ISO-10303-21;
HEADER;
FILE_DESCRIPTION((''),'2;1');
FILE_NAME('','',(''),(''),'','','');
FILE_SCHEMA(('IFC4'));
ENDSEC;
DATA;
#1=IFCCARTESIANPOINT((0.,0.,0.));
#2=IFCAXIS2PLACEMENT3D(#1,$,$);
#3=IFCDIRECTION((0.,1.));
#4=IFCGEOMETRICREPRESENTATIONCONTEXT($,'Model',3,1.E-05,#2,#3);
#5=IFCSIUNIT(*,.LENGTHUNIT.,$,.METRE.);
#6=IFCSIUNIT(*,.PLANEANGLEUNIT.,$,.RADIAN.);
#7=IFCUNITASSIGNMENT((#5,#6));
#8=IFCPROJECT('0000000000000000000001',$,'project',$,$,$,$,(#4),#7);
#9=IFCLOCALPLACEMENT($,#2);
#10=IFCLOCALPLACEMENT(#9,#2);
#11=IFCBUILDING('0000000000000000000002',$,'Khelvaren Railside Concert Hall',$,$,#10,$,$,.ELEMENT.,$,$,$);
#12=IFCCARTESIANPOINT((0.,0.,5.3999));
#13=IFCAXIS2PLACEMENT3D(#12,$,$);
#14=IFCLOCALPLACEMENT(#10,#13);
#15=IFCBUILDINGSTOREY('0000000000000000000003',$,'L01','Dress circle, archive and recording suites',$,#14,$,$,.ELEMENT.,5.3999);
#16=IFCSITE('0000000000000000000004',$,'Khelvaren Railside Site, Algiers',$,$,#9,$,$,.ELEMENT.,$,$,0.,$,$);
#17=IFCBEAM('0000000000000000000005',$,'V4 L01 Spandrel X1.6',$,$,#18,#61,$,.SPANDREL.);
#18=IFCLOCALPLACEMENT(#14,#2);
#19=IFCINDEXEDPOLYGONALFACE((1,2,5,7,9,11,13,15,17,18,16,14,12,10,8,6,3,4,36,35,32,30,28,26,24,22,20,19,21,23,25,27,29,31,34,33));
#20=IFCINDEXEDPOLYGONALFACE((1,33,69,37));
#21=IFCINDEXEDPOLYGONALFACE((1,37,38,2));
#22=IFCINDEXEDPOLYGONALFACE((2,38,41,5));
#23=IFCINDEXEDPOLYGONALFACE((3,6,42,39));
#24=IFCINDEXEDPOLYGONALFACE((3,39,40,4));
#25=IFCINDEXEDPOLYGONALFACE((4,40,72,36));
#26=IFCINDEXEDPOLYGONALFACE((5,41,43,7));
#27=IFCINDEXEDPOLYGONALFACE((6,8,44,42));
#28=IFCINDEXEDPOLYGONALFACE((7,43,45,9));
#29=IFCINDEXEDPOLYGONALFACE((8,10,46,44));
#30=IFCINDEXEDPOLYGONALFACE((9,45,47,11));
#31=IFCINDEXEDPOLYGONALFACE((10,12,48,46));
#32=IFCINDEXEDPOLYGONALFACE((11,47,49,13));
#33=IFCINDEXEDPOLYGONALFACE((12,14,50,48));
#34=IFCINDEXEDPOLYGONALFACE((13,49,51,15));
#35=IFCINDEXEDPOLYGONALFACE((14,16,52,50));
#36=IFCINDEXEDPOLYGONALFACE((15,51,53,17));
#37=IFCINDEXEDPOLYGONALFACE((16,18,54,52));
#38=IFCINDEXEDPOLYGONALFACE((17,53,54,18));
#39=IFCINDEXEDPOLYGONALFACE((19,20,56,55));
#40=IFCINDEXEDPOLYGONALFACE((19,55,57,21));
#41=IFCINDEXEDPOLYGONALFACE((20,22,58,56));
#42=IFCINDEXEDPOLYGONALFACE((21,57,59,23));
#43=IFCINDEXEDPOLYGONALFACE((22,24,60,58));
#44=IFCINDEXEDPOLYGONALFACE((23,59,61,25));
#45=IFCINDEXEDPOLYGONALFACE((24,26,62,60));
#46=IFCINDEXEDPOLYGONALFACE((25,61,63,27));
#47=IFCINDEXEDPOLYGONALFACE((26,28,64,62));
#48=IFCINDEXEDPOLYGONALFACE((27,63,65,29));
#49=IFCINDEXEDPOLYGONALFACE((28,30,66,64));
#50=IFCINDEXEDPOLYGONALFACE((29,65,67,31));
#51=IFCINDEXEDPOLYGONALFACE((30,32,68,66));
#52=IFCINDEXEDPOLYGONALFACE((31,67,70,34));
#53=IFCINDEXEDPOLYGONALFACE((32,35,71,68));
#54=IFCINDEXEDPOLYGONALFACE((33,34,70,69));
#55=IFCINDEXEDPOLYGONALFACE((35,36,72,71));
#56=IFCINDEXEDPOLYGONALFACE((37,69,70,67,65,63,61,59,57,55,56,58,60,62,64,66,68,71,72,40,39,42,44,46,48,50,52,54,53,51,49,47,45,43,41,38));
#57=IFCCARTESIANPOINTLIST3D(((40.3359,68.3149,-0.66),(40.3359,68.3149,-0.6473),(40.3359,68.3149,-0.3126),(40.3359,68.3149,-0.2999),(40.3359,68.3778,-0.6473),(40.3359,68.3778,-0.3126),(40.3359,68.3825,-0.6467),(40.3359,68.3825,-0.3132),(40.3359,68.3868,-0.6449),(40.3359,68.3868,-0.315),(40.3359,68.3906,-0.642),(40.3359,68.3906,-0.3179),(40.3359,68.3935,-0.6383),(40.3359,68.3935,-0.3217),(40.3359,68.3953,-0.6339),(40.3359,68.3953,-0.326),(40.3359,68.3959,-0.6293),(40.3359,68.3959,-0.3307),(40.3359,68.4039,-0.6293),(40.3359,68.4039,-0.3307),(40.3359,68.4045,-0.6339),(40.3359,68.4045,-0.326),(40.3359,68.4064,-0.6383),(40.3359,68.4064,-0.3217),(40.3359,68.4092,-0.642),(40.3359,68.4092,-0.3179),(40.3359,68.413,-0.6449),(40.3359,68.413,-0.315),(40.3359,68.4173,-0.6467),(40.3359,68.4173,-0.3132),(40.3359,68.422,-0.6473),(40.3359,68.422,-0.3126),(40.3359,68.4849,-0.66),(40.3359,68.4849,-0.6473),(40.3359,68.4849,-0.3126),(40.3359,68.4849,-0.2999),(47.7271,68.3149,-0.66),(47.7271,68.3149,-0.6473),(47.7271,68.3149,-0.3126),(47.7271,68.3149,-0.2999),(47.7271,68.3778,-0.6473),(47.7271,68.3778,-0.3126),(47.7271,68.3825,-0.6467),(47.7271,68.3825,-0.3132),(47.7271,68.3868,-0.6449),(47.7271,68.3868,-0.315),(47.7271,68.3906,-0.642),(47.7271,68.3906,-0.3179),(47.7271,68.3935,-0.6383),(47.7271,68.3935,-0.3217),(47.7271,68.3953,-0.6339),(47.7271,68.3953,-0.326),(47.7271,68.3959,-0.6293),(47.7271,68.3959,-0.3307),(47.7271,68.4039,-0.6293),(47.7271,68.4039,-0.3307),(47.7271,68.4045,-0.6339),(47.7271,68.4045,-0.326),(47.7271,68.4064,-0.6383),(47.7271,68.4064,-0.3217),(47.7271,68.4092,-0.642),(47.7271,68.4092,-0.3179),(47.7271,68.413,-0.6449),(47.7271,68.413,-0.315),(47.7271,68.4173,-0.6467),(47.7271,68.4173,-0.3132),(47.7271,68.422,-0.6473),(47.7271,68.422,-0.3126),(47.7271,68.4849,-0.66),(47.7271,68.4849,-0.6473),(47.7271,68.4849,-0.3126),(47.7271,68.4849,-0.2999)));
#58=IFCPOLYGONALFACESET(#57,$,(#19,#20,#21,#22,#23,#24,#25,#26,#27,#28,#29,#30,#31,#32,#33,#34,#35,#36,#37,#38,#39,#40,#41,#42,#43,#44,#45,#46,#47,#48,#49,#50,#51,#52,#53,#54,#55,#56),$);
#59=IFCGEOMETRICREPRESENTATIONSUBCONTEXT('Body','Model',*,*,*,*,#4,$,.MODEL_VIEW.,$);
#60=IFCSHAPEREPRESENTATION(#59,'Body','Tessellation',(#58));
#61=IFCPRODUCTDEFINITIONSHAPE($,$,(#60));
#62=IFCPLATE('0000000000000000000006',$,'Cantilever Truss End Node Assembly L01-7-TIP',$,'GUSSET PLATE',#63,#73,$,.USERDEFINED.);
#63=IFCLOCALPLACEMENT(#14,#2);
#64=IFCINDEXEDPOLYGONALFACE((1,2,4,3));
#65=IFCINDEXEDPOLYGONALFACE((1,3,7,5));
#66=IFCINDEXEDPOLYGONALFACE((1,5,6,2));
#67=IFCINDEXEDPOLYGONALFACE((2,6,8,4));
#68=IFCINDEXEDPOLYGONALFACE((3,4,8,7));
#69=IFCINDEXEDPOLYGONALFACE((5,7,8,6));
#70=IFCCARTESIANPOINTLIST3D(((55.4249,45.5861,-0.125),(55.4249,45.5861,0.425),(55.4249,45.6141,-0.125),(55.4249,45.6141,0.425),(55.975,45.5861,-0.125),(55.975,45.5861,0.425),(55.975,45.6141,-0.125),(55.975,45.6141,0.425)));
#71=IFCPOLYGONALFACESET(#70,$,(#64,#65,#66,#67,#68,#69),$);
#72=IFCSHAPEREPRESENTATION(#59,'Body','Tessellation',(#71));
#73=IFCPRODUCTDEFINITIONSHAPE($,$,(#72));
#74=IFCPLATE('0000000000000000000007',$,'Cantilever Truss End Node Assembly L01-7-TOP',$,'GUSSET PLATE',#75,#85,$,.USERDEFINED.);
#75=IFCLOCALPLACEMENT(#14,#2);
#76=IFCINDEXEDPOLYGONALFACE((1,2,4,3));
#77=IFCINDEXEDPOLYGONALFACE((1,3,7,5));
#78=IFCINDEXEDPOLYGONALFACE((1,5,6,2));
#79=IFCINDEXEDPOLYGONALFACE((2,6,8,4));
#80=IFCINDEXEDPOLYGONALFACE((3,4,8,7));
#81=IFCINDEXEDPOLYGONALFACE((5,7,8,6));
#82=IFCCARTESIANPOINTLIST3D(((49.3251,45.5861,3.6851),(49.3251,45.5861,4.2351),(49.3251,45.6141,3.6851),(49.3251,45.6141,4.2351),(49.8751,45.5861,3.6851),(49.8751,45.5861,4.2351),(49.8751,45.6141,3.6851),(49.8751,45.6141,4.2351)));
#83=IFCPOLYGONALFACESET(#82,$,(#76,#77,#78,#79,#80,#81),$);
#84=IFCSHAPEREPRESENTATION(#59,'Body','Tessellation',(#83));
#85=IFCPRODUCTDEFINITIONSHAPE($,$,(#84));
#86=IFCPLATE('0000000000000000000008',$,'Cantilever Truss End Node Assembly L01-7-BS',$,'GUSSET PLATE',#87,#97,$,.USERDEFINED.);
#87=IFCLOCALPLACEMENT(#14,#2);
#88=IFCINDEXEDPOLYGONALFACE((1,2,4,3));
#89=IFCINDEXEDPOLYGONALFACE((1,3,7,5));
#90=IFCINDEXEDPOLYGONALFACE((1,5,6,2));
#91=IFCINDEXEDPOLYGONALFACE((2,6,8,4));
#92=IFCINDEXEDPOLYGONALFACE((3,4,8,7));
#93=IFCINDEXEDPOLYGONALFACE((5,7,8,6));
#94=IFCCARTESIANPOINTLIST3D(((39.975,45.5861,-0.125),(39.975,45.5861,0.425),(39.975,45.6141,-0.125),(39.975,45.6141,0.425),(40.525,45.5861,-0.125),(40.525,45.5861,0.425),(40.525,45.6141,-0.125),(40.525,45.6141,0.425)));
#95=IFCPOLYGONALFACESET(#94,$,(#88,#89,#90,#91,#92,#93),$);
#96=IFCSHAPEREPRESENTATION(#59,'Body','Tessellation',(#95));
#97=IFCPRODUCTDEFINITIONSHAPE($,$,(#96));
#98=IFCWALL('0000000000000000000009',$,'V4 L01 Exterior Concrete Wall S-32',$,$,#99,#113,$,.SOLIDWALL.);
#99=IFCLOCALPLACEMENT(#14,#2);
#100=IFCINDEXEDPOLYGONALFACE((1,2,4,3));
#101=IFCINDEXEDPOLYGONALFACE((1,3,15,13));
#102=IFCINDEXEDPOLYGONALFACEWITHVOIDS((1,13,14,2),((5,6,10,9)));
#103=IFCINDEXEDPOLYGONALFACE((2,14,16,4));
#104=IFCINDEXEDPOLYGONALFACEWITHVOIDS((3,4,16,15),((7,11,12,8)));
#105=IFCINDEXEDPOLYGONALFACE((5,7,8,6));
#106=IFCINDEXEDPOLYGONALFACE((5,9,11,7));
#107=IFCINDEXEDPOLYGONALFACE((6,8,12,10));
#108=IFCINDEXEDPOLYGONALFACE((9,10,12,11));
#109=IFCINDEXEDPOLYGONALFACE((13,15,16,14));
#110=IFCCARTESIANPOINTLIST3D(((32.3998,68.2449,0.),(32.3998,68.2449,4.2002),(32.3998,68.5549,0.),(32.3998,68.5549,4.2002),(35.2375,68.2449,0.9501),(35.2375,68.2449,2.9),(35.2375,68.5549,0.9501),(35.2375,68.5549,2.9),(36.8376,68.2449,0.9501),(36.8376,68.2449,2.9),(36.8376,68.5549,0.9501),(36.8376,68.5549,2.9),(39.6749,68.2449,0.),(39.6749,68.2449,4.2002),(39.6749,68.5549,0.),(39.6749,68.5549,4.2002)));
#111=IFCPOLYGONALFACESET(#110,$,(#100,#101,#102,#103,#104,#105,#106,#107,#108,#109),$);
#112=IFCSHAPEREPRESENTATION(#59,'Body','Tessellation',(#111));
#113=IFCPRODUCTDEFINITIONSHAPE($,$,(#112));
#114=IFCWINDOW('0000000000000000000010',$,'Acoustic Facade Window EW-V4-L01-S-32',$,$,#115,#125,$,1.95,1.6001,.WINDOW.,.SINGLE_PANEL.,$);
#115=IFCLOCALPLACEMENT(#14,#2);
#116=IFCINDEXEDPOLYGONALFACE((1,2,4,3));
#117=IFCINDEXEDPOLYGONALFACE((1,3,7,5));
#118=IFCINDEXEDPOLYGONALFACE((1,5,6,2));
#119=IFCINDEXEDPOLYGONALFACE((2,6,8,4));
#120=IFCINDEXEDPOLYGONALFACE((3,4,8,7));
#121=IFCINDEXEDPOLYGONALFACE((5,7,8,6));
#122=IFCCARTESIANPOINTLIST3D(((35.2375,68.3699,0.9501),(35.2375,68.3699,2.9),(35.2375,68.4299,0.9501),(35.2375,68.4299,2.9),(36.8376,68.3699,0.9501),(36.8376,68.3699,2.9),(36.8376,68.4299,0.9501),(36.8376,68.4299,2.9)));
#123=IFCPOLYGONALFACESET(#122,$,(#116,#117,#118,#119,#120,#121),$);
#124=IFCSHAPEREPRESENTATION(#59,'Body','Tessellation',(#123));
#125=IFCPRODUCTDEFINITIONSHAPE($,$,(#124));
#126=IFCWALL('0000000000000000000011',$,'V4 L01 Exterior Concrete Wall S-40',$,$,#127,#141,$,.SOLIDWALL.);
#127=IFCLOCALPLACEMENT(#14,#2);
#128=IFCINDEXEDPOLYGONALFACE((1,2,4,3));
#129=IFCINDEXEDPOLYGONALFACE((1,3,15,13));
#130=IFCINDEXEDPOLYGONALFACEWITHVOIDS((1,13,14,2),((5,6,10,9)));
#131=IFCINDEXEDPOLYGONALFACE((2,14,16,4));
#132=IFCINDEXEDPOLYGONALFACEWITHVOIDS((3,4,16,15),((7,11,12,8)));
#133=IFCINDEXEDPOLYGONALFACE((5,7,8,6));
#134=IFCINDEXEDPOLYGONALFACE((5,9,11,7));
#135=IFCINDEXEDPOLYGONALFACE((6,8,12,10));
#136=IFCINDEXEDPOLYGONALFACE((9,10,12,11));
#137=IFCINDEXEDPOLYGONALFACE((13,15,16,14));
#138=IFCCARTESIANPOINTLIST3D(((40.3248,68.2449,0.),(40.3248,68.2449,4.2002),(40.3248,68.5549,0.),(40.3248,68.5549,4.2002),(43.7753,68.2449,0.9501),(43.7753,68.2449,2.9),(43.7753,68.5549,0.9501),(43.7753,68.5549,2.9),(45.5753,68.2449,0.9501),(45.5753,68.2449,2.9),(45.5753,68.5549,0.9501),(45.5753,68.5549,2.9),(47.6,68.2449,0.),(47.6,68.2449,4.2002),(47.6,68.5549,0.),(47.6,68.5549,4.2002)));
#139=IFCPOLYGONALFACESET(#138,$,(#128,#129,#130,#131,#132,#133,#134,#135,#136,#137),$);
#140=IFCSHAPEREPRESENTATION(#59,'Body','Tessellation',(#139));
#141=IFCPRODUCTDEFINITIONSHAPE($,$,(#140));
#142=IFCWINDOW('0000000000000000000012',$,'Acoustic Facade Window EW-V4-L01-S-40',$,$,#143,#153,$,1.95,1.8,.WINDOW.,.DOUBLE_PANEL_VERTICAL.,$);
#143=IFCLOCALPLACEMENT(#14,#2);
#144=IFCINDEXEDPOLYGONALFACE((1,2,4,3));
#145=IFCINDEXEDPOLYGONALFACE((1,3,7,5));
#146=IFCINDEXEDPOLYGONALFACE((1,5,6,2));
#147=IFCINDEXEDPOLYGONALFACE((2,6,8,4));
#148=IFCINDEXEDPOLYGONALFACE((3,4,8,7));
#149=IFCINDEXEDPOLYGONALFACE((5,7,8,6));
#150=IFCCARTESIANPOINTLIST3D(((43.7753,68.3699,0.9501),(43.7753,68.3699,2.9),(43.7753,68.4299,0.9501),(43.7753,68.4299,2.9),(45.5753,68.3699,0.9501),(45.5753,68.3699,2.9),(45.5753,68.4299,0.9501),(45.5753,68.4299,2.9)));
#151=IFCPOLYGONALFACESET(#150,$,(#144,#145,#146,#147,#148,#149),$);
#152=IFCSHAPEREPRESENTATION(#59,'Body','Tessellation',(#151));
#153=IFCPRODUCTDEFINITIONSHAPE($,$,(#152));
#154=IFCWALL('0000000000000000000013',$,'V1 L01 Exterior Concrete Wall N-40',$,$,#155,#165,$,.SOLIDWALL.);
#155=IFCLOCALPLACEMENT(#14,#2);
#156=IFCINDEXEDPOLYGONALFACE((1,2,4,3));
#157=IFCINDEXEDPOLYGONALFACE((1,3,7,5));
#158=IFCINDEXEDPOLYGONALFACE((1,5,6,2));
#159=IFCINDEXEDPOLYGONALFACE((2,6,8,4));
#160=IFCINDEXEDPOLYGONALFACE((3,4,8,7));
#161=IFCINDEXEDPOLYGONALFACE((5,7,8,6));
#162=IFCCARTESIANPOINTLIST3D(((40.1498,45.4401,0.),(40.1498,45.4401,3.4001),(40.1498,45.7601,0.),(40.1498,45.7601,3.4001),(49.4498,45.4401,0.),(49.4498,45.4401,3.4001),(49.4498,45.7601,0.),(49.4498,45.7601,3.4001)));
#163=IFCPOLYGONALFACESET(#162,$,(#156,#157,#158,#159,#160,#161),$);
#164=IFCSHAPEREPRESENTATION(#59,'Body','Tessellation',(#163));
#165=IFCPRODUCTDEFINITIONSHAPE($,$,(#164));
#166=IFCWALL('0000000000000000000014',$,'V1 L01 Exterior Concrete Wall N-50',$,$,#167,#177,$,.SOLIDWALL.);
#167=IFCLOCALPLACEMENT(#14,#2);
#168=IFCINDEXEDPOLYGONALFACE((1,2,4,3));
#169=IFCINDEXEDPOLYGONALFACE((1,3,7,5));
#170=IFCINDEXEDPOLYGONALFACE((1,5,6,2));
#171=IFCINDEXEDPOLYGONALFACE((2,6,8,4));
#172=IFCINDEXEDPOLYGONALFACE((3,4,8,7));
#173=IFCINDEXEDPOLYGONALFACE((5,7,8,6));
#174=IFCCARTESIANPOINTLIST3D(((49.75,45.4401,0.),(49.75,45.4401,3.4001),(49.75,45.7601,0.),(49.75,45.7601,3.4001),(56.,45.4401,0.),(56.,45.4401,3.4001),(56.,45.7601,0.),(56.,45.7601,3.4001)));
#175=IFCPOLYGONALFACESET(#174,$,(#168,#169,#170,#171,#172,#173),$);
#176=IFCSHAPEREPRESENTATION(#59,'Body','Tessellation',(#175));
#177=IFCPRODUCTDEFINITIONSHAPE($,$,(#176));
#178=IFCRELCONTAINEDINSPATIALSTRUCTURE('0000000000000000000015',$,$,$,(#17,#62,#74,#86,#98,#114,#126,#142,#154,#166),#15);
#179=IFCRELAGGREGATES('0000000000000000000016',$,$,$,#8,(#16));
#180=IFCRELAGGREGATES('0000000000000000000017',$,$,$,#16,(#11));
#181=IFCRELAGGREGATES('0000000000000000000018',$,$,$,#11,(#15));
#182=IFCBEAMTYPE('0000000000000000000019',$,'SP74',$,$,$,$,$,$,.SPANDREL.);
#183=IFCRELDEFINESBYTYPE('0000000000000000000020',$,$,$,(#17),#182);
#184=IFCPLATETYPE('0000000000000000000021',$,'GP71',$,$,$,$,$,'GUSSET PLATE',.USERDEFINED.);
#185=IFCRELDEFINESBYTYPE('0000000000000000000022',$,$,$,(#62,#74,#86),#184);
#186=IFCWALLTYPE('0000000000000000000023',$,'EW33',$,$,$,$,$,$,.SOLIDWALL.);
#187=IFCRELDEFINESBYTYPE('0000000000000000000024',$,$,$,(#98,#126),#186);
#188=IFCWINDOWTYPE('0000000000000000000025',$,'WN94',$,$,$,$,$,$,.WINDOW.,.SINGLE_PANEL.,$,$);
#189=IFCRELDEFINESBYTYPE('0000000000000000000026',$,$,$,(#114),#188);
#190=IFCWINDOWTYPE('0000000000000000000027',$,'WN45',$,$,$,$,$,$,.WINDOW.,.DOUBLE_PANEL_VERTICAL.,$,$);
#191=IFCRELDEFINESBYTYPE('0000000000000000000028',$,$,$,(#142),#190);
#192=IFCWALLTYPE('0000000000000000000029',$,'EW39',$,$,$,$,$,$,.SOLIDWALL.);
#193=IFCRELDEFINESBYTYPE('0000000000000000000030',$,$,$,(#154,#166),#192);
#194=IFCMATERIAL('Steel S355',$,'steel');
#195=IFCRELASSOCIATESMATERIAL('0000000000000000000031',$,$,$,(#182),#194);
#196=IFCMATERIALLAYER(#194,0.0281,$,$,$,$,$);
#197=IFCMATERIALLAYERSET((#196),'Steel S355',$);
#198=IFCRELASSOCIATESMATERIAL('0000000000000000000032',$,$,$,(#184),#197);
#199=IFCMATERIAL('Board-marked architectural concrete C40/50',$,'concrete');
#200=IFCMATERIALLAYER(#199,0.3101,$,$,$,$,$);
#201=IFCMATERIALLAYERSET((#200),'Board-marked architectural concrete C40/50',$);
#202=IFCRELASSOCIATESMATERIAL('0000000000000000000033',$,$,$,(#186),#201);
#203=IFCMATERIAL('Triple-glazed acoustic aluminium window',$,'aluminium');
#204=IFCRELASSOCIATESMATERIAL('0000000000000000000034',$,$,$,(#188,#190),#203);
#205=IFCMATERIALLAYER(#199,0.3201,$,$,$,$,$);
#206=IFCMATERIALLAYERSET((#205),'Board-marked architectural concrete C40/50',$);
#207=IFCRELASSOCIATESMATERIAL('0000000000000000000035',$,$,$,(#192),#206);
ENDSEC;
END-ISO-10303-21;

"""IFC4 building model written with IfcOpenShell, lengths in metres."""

from ifc_helpers import new_model, si_unit, direction, frame, frame_2d, origin, origin_2d, place, context, subcontext, project, spatial, rectangle, i_section, extrude, material, layer, layer_set, material_profile, profile_set, type_object, element, fill, save


model = new_model("IFC4")

# Units and contexts
model_context = context("Model", 3, precision=1e-05, world=origin(), true_north=direction((0.0, 1.0)))
body_context = subcontext(model_context, "Body", "Model", "MODEL_VIEW")
ifc_project = project(units=[si_unit("LENGTHUNIT", "METRE"), si_unit("PLANEANGLEUNIT", "RADIAN")], contexts=[model_context])

# Site, building, storey
site_placement = place(None, origin())
site = spatial("IfcSite", under=ifc_project, at=site_placement, Name="Khelvaren Railside Site, Algiers", CompositionType="ELEMENT", RefElevation=0.0)
building_placement = place(site_placement, origin())
building = spatial("IfcBuilding", under=site, at=building_placement, Name="Khelvaren Railside Concert Hall", CompositionType="ELEMENT")
storey_placement = place(building_placement, frame((0.0, 0.0, 5.3999)))
storey = spatial("IfcBuildingStorey", under=building, at=storey_placement, Name="L01", Description="Dress circle, archive and recording suites", CompositionType="ELEMENT", Elevation=5.3999)

# Shared definitions
ifc_material_1 = material(Name="Steel S355", Category="steel")

# Beam
ifc_material_profile_1 = material_profile(ifc_material_1, i_section(OverallWidth=0.1699, OverallDepth=0.3601, WebThickness=0.0081, FlangeThickness=0.0127, FilletRadius=0.0181, at=origin_2d()), Name="IPE 360")
ifc_profile_set_1 = profile_set([ifc_material_profile_1], Name="Steel S355")
beam_type_1 = type_object("IfcBeamType", Name="SP74", PredefinedType="SPANDREL", material=ifc_profile_set_1)
beam_1_placement = place(storey_placement, frame((40.3359, 68.3999, -0.48), z_axis=(1.0, 0.0, 0.0), x_axis=(0.0, 1.0, 0.0)))
element("IfcBeam", 1, at=beam_1_placement, inside=storey, type_object=beam_type_1, Name="V4 L01 Spandrel X1.6", PredefinedType="SPANDREL", context=body_context, shape_type="SweptSolid", body=[
    extrude(i_section(OverallWidth=0.1699, OverallDepth=0.3601, WebThickness=0.0081, FlangeThickness=0.0127, FilletRadius=0.0181, at=origin_2d()), origin(), (0.0, 0.0, 1.0), 7.3911),
])

# Plates
ifc_layer_1 = layer(ifc_material_1, 0.0281)
ifc_layer_set_1 = layer_set([ifc_layer_1], Name="Steel S355")
plate_type = type_object("IfcPlateType", Name="GP71", ElementType="GUSSET PLATE", PredefinedType="USERDEFINED", material=ifc_layer_set_1)
for number, where, z_axis, x_axis, name in (
    (2, (55.7, 45.6001, -0.125), (0.0, 0.0, 1.0), (1.0, 0.0, 0.0), "Cantilever Truss End Node Assembly L01-7-TIP"),
    (3, (49.6001, 45.6001, 3.6851), (0.0, 0.0, 1.0), (1.0, 0.0, 0.0), "Cantilever Truss End Node Assembly L01-7-TOP"),
    (4, (40.25, 45.6001, -0.125), (0.0, 0.0, 1.0), (1.0, 0.0, 0.0), "Cantilever Truss End Node Assembly L01-7-BS"),
):
    element("IfcPlate", number, at=place(storey_placement, frame(where, z_axis=z_axis, x_axis=x_axis)), inside=storey, type_object=plate_type, Name=name, ObjectType="GUSSET PLATE", PredefinedType="USERDEFINED", context=body_context, shape_type="SweptSolid", body=[
        extrude(rectangle(XDim=0.55, YDim=0.0281, at=origin_2d()), origin(), (0.0, 0.0, 1.0), 0.55),
    ])

# Walls, openings, windows
ifc_material_2 = material(Name="Board-marked architectural concrete C40/50", Category="concrete")
ifc_layer_2 = layer(ifc_material_2, 0.3101)
ifc_layer_set_2 = layer_set([ifc_layer_2], Name="Board-marked architectural concrete C40/50")
wall_type_1 = type_object("IfcWallType", Name="EW33", PredefinedType="SOLIDWALL", material=ifc_layer_set_2)
wall_1_placement = place(storey_placement, frame((39.675, 68.3999, 0.0), z_axis=(0.0, 0.0, 1.0), x_axis=(-1.0, 0.0, 0.0)))
wall_1 = element("IfcWall", 5, at=wall_1_placement, inside=storey, type_object=wall_type_1, Name="V4 L01 Exterior Concrete Wall S-32", PredefinedType="SOLIDWALL", context=body_context, shape_type="SweptSolid", body=[
    extrude(rectangle(XDim=7.2751, YDim=0.3101, at=frame_2d((3.6377, 0.0))), origin(), (0.0, 0.0, 1.0), 4.2002),
])
opening_1_placement = place(wall_1_placement, frame((2.8374, 0.0, 0.95)))
opening_1 = element("IfcOpeningElement", 6, at=opening_1_placement, cuts=wall_1, PredefinedType="OPENING", context=body_context, shape_type="SweptSolid", body=[
    extrude(rectangle(XDim=1.6001, YDim=1.95, at=frame_2d((0.8, 0.9751))), frame((0.0, 0.165, 0.0), z_axis=(0.0, -1.0, 0.0), x_axis=(1.0, 0.0, 0.0)), (0.0, 0.0, 1.0), 0.3301),
])
ifc_material_3 = material(Name="Triple-glazed acoustic aluminium window", Category="aluminium")
window_type_1 = type_object("IfcWindowType", Name="WN94", PartitioningType="SINGLE_PANEL", PredefinedType="WINDOW", material=ifc_material_3)
window_1_placement = place(opening_1_placement, origin())
window_1 = element("IfcWindow", 7, at=window_1_placement, inside=storey, type_object=window_type_1, Name="Acoustic Facade Window EW-V4-L01-S-32", OverallHeight=1.95, OverallWidth=1.6001, PartitioningType="SINGLE_PANEL", PredefinedType="WINDOW", context=body_context, shape_type="SweptSolid", body=[
    extrude(rectangle(XDim=1.6001, YDim=1.95, at=frame_2d((0.8, 0.9751))), frame((0.0, 0.03, 0.0), z_axis=(0.0, -1.0, 0.0), x_axis=(1.0, 0.0, 0.0)), (0.0, 0.0, 1.0), 0.0601),
])
fill(opening_1, window_1)
wall_2_placement = place(storey_placement, frame((47.6001, 68.3999, 0.0), z_axis=(0.0, 0.0, 1.0), x_axis=(-1.0, 0.0, 0.0)))
wall_2 = element("IfcWall", 8, at=wall_2_placement, inside=storey, type_object=wall_type_1, Name="V4 L01 Exterior Concrete Wall S-40", PredefinedType="SOLIDWALL", context=body_context, shape_type="SweptSolid", body=[
    extrude(rectangle(XDim=7.2751, YDim=0.3101, at=frame_2d((3.6377, 0.0))), origin(), (0.0, 0.0, 1.0), 4.2002),
])
opening_2_placement = place(wall_2_placement, frame((2.0249, 0.0, 0.95)))
opening_2 = element("IfcOpeningElement", 9, at=opening_2_placement, cuts=wall_2, PredefinedType="OPENING", context=body_context, shape_type="SweptSolid", body=[
    extrude(rectangle(XDim=1.8, YDim=1.95, at=frame_2d((0.8999, 0.9751))), frame((0.0, 0.165, 0.0), z_axis=(0.0, -1.0, 0.0), x_axis=(1.0, 0.0, 0.0)), (0.0, 0.0, 1.0), 0.3301),
])
window_type_2 = type_object("IfcWindowType", Name="WN45", PartitioningType="DOUBLE_PANEL_VERTICAL", PredefinedType="WINDOW", material=ifc_material_3)
window_2_placement = place(opening_2_placement, origin())
window_2 = element("IfcWindow", 10, at=window_2_placement, inside=storey, type_object=window_type_2, Name="Acoustic Facade Window EW-V4-L01-S-40", OverallHeight=1.95, OverallWidth=1.8, PartitioningType="DOUBLE_PANEL_VERTICAL", PredefinedType="WINDOW", context=body_context, shape_type="SweptSolid", body=[
    extrude(rectangle(XDim=1.8, YDim=1.95, at=frame_2d((0.8999, 0.9751))), frame((0.0, 0.03, 0.0), z_axis=(0.0, -1.0, 0.0), x_axis=(1.0, 0.0, 0.0)), (0.0, 0.0, 1.0), 0.0601),
])
fill(opening_2, window_2)

# Walls
ifc_layer_3 = layer(ifc_material_2, 0.3201)
ifc_layer_set_3 = layer_set([ifc_layer_3], Name="Board-marked architectural concrete C40/50")
wall_type_2 = type_object("IfcWallType", Name="EW39", PredefinedType="SOLIDWALL", material=ifc_layer_set_3)
wall_3_placement = place(storey_placement, frame((40.1499, 45.6001, 0.0), z_axis=(0.0, 0.0, 1.0), x_axis=(1.0, 0.0, 0.0)))
element("IfcWall", 11, at=wall_3_placement, inside=storey, type_object=wall_type_2, Name="V1 L01 Exterior Concrete Wall N-40", PredefinedType="SOLIDWALL", context=body_context, shape_type="SweptSolid", body=[
    extrude(rectangle(XDim=9.3, YDim=0.3201, at=frame_2d((4.6499, 0.0))), origin(), (0.0, 0.0, 1.0), 3.4001),
])
wall_4_placement = place(storey_placement, frame((49.75, 45.6001, 0.0), z_axis=(0.0, 0.0, 1.0), x_axis=(1.0, 0.0, 0.0)))
element("IfcWall", 12, at=wall_4_placement, inside=storey, type_object=wall_type_2, Name="V1 L01 Exterior Concrete Wall N-50", PredefinedType="SOLIDWALL", context=body_context, shape_type="SweptSolid", body=[
    extrude(rectangle(XDim=6.25, YDim=0.3201, at=frame_2d((3.125, 0.0))), origin(), (0.0, 0.0, 1.0), 3.4001),
])

save(model, "model.ifc")
